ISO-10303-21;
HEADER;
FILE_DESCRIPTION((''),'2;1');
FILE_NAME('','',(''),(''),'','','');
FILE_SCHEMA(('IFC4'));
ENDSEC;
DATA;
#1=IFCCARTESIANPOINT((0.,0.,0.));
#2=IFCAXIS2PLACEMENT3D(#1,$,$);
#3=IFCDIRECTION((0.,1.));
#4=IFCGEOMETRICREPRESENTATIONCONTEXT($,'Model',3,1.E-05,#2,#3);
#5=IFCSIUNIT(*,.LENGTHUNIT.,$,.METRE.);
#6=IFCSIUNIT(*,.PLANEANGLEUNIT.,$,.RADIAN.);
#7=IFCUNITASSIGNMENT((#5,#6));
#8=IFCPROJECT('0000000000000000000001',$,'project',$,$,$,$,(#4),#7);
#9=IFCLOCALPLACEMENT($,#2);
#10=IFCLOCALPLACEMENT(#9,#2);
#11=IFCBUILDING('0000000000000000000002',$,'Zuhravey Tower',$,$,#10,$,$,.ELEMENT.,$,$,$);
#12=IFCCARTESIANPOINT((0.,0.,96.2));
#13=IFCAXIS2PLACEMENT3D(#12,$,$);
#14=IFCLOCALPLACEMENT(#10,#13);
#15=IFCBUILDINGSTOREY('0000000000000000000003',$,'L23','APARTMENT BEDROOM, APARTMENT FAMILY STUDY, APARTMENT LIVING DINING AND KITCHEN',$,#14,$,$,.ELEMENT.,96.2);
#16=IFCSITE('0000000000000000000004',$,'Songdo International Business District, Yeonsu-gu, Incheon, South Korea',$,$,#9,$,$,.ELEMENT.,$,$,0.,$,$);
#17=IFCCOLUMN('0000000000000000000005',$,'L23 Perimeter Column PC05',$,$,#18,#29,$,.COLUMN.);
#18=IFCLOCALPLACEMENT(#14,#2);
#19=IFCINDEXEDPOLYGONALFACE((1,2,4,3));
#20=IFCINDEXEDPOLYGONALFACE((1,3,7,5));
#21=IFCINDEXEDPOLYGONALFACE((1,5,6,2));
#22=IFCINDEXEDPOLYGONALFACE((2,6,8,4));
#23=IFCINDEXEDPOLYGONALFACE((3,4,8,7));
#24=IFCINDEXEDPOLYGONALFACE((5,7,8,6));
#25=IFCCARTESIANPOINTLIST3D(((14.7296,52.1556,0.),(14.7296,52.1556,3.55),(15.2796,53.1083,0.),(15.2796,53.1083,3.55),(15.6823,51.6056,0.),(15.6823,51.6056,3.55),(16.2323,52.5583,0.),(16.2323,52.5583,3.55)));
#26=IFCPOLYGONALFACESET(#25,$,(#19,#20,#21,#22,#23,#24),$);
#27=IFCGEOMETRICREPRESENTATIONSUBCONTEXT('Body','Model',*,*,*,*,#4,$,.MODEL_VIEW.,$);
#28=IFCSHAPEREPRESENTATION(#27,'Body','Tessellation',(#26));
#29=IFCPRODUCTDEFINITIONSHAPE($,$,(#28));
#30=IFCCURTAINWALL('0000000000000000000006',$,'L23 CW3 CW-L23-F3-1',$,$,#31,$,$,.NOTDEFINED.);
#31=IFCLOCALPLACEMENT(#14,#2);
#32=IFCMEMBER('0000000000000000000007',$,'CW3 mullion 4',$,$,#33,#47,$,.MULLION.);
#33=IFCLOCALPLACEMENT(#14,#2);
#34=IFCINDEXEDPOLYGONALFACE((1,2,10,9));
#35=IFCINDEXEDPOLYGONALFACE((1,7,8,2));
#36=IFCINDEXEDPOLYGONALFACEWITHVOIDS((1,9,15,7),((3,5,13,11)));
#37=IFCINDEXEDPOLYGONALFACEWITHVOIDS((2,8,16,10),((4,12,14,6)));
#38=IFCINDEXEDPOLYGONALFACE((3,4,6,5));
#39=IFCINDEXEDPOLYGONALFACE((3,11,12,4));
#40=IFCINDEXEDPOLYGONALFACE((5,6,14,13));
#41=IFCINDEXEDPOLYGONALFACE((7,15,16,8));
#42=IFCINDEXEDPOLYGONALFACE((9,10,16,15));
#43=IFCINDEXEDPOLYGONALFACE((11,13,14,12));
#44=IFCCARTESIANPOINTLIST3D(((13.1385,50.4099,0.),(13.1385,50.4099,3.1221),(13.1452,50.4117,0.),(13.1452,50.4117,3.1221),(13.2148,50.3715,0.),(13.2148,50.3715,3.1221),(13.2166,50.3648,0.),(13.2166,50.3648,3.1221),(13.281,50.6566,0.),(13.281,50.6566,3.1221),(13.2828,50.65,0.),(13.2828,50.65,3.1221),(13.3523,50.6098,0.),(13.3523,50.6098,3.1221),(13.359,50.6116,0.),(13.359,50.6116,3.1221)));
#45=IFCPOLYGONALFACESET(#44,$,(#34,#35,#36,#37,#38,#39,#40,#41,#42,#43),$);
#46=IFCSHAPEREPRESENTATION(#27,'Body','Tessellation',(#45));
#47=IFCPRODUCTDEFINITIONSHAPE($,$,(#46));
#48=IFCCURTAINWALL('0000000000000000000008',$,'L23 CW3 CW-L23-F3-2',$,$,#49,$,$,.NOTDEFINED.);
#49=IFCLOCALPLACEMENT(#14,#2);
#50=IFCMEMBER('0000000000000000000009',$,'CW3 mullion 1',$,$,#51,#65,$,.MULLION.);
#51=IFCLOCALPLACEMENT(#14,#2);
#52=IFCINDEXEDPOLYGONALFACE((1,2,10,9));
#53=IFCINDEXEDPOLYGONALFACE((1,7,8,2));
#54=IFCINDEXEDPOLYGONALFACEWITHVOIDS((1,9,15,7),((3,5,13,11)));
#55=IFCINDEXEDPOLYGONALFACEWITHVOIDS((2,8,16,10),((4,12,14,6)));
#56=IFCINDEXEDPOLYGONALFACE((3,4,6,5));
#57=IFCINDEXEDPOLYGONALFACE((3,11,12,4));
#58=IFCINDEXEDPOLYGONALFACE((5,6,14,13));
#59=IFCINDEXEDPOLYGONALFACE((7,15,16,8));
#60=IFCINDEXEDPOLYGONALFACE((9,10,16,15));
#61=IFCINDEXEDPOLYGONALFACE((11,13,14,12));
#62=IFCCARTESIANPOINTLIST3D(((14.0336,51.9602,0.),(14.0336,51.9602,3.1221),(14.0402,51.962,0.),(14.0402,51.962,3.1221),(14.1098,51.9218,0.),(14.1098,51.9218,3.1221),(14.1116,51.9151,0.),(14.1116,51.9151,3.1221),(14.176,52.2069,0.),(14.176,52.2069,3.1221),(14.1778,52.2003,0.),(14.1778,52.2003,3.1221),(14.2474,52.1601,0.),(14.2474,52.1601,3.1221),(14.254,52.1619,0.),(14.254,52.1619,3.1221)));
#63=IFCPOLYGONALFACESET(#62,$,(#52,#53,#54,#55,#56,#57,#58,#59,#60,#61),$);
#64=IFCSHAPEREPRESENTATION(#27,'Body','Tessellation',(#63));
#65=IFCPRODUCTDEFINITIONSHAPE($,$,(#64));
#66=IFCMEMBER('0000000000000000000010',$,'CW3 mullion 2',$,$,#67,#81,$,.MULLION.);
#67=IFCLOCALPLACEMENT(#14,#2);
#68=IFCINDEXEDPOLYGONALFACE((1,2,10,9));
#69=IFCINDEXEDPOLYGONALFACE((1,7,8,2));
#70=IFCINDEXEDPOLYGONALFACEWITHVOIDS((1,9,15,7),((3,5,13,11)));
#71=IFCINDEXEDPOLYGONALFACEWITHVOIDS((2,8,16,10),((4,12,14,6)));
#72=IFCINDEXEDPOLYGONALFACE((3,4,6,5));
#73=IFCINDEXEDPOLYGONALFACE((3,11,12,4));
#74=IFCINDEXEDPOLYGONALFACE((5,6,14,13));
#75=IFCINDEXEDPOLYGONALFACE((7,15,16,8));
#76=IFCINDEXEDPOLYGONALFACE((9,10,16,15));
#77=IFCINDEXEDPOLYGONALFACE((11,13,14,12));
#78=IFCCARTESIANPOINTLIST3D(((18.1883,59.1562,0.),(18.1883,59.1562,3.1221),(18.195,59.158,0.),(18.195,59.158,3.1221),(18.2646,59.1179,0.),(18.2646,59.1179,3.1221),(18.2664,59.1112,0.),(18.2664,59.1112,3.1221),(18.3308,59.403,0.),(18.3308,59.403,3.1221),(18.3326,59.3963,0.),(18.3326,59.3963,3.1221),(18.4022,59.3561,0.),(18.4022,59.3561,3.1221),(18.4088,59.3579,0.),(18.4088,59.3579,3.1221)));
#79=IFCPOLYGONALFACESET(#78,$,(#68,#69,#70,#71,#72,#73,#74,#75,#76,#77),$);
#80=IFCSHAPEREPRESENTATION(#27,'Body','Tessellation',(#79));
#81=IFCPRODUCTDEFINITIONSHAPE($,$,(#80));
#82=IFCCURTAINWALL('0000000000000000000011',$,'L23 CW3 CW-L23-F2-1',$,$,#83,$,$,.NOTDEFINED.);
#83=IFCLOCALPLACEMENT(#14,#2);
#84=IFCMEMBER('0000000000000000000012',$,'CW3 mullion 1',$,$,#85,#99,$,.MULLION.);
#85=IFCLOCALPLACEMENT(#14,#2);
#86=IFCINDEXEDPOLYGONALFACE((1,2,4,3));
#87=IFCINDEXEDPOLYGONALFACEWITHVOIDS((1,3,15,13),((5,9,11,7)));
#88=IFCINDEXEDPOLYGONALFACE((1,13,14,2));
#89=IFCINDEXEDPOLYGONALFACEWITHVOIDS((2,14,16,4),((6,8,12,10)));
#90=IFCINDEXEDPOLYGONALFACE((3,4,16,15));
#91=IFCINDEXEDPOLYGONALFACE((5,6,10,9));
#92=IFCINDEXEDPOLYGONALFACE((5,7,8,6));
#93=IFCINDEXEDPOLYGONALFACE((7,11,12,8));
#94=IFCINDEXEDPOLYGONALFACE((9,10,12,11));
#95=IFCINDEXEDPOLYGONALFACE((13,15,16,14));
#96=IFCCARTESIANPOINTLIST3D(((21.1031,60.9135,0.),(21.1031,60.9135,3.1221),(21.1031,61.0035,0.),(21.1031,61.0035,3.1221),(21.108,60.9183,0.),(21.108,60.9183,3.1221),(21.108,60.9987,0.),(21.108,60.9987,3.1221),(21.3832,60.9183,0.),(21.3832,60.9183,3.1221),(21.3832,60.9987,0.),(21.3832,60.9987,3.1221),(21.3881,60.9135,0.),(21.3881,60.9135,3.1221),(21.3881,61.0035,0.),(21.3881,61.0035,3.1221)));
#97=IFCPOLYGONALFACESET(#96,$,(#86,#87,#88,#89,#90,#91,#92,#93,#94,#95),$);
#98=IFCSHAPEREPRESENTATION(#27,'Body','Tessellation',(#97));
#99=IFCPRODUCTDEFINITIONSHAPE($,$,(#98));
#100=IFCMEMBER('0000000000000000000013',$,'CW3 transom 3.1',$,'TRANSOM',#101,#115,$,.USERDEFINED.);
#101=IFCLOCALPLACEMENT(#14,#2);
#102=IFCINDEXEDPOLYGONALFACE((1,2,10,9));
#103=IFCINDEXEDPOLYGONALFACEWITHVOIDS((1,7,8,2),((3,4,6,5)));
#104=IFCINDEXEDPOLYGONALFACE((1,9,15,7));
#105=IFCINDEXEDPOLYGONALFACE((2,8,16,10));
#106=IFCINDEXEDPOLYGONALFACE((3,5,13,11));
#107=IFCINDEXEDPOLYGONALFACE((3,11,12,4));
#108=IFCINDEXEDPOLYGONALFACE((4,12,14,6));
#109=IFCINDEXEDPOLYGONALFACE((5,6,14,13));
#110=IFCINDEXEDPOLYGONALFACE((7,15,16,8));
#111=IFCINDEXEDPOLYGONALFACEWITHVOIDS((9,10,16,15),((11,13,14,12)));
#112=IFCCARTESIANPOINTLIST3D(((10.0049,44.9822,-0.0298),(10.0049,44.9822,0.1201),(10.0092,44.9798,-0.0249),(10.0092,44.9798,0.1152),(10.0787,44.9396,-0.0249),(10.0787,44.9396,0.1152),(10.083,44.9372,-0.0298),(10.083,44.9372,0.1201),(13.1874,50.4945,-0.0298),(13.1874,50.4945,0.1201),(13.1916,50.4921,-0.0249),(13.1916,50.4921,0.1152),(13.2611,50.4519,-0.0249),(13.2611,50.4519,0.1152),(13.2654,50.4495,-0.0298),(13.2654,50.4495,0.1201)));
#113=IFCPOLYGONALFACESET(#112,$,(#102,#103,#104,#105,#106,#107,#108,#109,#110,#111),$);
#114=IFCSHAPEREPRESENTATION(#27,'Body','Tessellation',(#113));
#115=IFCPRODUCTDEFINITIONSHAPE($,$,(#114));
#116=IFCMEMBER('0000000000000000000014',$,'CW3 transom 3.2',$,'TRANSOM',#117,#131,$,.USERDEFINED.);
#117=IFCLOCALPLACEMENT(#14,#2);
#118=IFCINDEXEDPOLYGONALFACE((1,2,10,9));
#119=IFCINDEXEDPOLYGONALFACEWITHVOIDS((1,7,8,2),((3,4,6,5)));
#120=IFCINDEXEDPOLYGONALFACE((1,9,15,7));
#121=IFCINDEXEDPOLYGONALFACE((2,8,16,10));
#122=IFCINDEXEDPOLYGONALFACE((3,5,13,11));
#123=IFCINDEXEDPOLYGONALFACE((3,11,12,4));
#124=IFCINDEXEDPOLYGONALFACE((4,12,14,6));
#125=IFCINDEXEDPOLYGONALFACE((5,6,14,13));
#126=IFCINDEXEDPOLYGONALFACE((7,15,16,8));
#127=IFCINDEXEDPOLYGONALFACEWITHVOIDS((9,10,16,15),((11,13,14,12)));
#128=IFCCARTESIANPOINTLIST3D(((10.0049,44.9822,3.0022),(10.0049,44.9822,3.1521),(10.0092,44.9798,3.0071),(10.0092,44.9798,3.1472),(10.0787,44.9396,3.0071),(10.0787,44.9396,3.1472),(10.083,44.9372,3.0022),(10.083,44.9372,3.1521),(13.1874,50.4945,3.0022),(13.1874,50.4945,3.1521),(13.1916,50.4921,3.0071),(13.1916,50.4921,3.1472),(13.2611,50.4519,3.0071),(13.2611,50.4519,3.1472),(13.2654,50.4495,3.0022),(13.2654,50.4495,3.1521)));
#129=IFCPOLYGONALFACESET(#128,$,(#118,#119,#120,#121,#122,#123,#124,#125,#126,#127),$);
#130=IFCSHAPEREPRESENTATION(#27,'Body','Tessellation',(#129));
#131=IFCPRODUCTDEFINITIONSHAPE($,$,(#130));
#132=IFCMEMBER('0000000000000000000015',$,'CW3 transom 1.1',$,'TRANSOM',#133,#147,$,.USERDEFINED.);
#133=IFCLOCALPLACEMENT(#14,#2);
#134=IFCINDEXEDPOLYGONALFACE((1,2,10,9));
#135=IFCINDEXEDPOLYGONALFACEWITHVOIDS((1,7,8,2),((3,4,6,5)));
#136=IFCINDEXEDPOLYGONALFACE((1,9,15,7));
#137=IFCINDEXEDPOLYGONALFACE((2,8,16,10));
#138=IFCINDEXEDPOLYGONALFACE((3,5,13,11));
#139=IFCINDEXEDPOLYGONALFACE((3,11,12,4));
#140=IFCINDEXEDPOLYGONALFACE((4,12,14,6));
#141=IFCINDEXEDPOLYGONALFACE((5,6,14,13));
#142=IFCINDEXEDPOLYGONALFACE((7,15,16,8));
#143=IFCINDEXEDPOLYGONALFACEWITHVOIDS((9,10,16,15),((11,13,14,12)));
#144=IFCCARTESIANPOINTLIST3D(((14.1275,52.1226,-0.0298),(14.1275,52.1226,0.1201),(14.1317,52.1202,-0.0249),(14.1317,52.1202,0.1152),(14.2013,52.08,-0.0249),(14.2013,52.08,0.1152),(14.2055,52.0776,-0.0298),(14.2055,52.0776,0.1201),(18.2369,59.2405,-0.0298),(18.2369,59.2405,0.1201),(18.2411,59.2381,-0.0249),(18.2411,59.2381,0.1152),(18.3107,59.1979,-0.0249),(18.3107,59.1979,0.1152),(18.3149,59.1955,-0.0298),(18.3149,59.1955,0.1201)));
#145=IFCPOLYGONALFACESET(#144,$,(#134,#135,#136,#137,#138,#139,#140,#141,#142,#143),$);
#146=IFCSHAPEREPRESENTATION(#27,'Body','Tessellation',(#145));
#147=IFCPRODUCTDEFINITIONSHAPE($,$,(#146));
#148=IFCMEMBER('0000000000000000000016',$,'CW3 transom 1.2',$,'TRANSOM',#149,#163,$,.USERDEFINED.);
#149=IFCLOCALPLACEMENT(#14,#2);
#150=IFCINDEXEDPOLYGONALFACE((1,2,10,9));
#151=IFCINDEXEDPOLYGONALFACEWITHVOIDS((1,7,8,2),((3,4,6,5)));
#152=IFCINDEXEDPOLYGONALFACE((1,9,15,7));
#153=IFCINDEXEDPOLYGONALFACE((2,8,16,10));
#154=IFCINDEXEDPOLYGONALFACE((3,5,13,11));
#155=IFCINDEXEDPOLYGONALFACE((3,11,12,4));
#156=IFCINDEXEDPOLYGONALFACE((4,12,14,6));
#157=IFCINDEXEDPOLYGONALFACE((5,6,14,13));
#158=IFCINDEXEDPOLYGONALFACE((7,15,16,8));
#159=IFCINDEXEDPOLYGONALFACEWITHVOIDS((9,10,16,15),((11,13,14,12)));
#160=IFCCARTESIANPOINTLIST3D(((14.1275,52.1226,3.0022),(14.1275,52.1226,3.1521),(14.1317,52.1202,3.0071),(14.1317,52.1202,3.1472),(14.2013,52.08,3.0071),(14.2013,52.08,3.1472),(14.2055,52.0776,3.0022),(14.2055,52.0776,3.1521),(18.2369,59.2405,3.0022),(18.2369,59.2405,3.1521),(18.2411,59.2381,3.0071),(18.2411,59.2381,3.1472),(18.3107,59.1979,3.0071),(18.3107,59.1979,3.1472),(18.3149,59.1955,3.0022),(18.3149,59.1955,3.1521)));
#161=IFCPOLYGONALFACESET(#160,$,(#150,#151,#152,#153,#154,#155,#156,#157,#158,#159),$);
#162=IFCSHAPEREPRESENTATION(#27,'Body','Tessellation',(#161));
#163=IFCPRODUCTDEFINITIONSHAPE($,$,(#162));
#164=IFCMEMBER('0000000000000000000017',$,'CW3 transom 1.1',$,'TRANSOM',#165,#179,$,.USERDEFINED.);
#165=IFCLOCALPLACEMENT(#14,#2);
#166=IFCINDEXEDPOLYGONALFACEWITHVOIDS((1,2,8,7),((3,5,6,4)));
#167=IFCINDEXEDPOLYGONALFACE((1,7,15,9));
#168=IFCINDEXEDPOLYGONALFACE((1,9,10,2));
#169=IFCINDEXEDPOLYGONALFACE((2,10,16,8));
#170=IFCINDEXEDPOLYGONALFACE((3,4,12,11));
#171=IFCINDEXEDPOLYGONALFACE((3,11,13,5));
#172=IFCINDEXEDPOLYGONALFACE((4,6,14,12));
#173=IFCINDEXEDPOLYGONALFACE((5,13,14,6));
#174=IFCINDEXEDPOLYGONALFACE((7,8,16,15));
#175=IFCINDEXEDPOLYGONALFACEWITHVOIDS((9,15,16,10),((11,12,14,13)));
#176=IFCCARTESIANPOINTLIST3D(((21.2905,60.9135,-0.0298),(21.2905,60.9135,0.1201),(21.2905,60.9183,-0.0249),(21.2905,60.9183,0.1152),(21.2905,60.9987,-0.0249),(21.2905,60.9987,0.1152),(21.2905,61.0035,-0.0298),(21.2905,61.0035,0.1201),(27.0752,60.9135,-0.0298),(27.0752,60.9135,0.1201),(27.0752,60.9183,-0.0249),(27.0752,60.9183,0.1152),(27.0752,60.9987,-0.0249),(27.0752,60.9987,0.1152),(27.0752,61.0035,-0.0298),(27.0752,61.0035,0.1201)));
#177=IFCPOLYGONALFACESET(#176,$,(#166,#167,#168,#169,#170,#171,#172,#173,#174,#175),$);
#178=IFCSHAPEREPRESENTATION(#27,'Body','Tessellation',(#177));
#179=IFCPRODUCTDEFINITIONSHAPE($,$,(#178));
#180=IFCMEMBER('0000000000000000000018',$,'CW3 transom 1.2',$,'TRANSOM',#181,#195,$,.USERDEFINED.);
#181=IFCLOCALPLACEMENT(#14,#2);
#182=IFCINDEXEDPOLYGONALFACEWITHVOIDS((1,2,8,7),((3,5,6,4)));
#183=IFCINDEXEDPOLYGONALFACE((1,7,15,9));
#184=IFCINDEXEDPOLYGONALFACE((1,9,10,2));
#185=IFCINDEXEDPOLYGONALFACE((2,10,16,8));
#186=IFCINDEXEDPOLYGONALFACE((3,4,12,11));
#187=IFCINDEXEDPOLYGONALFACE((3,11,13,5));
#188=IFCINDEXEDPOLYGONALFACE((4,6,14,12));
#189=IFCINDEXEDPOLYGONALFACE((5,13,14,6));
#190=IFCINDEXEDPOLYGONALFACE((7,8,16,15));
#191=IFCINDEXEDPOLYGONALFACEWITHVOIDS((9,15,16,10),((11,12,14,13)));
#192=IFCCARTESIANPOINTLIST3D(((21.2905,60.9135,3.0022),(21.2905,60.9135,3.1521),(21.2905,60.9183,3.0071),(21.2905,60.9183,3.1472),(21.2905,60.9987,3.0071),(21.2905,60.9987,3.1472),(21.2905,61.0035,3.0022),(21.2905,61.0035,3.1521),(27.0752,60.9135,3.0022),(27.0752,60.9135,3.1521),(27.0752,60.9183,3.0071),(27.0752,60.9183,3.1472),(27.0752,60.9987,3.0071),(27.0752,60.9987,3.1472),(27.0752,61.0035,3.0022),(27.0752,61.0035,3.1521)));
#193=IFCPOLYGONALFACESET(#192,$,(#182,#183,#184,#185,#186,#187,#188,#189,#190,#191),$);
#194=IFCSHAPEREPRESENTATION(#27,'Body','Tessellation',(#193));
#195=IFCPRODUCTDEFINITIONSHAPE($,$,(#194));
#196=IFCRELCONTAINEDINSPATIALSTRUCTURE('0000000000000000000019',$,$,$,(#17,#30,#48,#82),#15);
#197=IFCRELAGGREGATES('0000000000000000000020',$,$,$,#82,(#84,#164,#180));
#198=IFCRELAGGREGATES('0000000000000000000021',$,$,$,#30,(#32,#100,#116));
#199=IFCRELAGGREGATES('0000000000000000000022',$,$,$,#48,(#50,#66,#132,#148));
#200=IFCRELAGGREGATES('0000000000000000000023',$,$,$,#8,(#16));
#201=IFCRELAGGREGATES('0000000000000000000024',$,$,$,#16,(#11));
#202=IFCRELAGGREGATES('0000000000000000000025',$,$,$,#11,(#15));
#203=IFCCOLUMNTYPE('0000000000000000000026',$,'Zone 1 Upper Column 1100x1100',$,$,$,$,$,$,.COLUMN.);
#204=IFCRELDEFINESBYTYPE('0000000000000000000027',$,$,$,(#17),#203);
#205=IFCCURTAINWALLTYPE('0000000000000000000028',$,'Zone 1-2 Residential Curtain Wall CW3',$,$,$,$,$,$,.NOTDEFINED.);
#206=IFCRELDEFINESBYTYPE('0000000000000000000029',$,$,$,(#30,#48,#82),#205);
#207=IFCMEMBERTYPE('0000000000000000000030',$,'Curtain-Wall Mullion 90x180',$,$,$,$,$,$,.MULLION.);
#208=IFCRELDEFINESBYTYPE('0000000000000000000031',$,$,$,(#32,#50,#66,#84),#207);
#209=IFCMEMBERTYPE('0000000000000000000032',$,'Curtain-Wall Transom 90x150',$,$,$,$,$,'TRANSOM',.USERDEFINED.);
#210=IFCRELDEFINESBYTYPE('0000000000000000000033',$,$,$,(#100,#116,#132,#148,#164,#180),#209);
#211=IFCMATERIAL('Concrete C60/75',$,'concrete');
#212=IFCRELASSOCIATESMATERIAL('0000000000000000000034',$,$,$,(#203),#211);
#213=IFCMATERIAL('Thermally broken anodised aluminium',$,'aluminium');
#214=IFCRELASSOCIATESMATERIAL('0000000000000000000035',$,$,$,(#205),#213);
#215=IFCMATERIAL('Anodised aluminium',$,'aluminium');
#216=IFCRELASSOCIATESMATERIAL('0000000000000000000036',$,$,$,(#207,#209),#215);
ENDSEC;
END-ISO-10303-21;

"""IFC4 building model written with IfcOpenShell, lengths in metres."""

from ifc_helpers import new_model, si_unit, direction, frame, origin, origin_2d, place, context, subcontext, project, spatial, rectangle, hollow_rectangle, extrude, material, material_profile, profile_set, type_object, element, aggregate, save


model = new_model("IFC4")

# Units and contexts
model_context = context("Model", 3, precision=1e-05, world=origin(), true_north=direction((0.0, 1.0)))
body_context = subcontext(model_context, "Body", "Model", "MODEL_VIEW")
ifc_project = project(units=[si_unit("LENGTHUNIT", "METRE"), si_unit("PLANEANGLEUNIT", "RADIAN")], contexts=[model_context])

# Site, building, storey
site_placement = place(None, origin())
site = spatial("IfcSite", under=ifc_project, at=site_placement, Name="Songdo International Business District, Yeonsu-gu, Incheon, South Korea", CompositionType="ELEMENT", RefElevation=0.0)
building_placement = place(site_placement, origin())
building = spatial("IfcBuilding", under=site, at=building_placement, Name="Zuhravey Tower", CompositionType="ELEMENT")
storey_placement = place(building_placement, frame((0.0, 0.0, 96.2)))
storey = spatial("IfcBuildingStorey", under=building, at=storey_placement, Name="L23", Description="APARTMENT BEDROOM, APARTMENT FAMILY STUDY, APARTMENT LIVING DINING AND KITCHEN", CompositionType="ELEMENT", Elevation=96.2)

# Column
ifc_material_1 = material(Name="Concrete C60/75", Category="concrete")
ifc_material_profile_1 = material_profile(ifc_material_1, rectangle(XDim=1.1001, YDim=1.1001, at=origin_2d()), Name="RC-1100x1100")
ifc_profile_set_1 = profile_set([ifc_material_profile_1], Name="Concrete C60/75")
column_type = type_object("IfcColumnType", Name="Zone 1 Upper Column 1100x1100", PredefinedType="COLUMN", material=ifc_profile_set_1)
column_placement = place(storey_placement, frame((15.481, 52.3569, 0.0), z_axis=(0.0, 0.0, 1.0), x_axis=(-0.5, -0.866025, 0.0)))
element("IfcColumn", 1, at=column_placement, inside=storey, type_object=column_type, Name="L23 Perimeter Column PC05", PredefinedType="COLUMN", context=body_context, shape_type="SweptSolid", body=[
    extrude(rectangle(XDim=1.1001, YDim=1.1001, at=origin_2d()), origin(), (0.0, 0.0, 1.0), 3.55),
])

# Curtain wall, member
ifc_material_2 = material(Name="Thermally broken anodised aluminium", Category="aluminium")
curtain_wall_type = type_object("IfcCurtainWallType", Name="Zone 1-2 Residential Curtain Wall CW3", PredefinedType="NOTDEFINED", material=ifc_material_2)
curtain_wall_1_placement = place(storey_placement, origin())
curtain_wall_1 = element("IfcCurtainWall", 2, at=curtain_wall_1_placement, inside=storey, type_object=curtain_wall_type, Name="L23 CW3 CW-L23-F3-1", PredefinedType="NOTDEFINED")
ifc_material_3 = material(Name="Anodised aluminium", Category="aluminium")
ifc_material_profile_2 = material_profile(ifc_material_3, hollow_rectangle(XDim=0.0901, YDim=0.2849, WallThickness=0.0049, at=origin_2d()), Name="ALU-RHS-90x285x5")
ifc_profile_set_2 = profile_set([ifc_material_profile_2], Name="Anodised aluminium")
member_type_1 = type_object("IfcMemberType", Name="Curtain-Wall Mullion 90x180", PredefinedType="MULLION", material=ifc_profile_set_2)
member_1_placement = place(storey_placement, frame((13.2488, 50.5107, 0.0), z_axis=(0.0, 0.0, 1.0), x_axis=(-0.866025, 0.5, 0.0)))
member_1 = element("IfcMember", 3, at=member_1_placement, type_object=member_type_1, Name="CW3 mullion 4", PredefinedType="MULLION", context=body_context, shape_type="SweptSolid", body=[
    extrude(hollow_rectangle(XDim=0.0901, YDim=0.2849, WallThickness=0.0049, at=origin_2d()), origin(), (0.0, 0.0, 1.0), 3.1221),
])

# Curtain wall, members
curtain_wall_2_placement = place(storey_placement, origin())
curtain_wall_2 = element("IfcCurtainWall", 4, at=curtain_wall_2_placement, inside=storey, type_object=curtain_wall_type, Name="L23 CW3 CW-L23-F3-2", PredefinedType="NOTDEFINED")
member_2_placement = place(storey_placement, frame((14.1438, 52.061, 0.0), z_axis=(0.0, 0.0, 1.0), x_axis=(-0.866025, 0.500001, 0.0)))
member_2 = element("IfcMember", 5, at=member_2_placement, type_object=member_type_1, Name="CW3 mullion 1", PredefinedType="MULLION", context=body_context, shape_type="SweptSolid", body=[
    extrude(hollow_rectangle(XDim=0.0901, YDim=0.2849, WallThickness=0.0049, at=origin_2d()), origin(), (0.0, 0.0, 1.0), 3.1221),
])
member_3_placement = place(storey_placement, frame((18.2986, 59.2571, 0.0), z_axis=(0.0, 0.0, 1.0), x_axis=(-0.866025, 0.500001, 0.0)))
member_3 = element("IfcMember", 6, at=member_3_placement, type_object=member_type_1, Name="CW3 mullion 2", PredefinedType="MULLION", context=body_context, shape_type="SweptSolid", body=[
    extrude(hollow_rectangle(XDim=0.0901, YDim=0.2849, WallThickness=0.0049, at=origin_2d()), origin(), (0.0, 0.0, 1.0), 3.1221),
])

# Curtain wall, member
curtain_wall_3_placement = place(storey_placement, origin())
curtain_wall_3 = element("IfcCurtainWall", 7, at=curtain_wall_3_placement, inside=storey, type_object=curtain_wall_type, Name="L23 CW3 CW-L23-F2-1", PredefinedType="NOTDEFINED")
member_4_placement = place(storey_placement, frame((21.2456, 60.9585, 0.0), z_axis=(0.0, 0.0, 1.0), x_axis=(0.0, 1.0, 0.0)))
member_4 = element("IfcMember", 8, at=member_4_placement, type_object=member_type_1, Name="CW3 mullion 1", PredefinedType="MULLION", context=body_context, shape_type="SweptSolid", body=[
    extrude(hollow_rectangle(XDim=0.0901, YDim=0.2849, WallThickness=0.0049, at=origin_2d()), origin(), (0.0, 0.0, 1.0), 3.1221),
])

# Members
ifc_material_profile_3 = material_profile(ifc_material_3, hollow_rectangle(XDim=0.0901, YDim=0.1499, WallThickness=0.0049, at=origin_2d()), Name="ALU-RHS-90x150x5")
ifc_profile_set_3 = profile_set([ifc_material_profile_3], Name="Anodised aluminium")
member_type_2 = type_object("IfcMemberType", Name="Curtain-Wall Transom 90x150", ElementType="TRANSOM", PredefinedType="USERDEFINED", material=ifc_profile_set_3)
member_5_placement = place(storey_placement, frame((10.0439, 44.9597, 0.0452), z_axis=(0.499988, 0.866032, 0.0), x_axis=(-0.866032, 0.499988, 0.0)))
member_5 = element("IfcMember", 9, at=member_5_placement, type_object=member_type_2, Name="CW3 transom 3.1", ObjectType="TRANSOM", PredefinedType="USERDEFINED", context=body_context, shape_type="SweptSolid", body=[
    extrude(hollow_rectangle(XDim=0.0901, YDim=0.1499, WallThickness=0.0049, at=origin_2d()), origin(), (0.0, 0.0, 1.0), 6.365),
])
member_6_placement = place(storey_placement, frame((10.0439, 44.9597, 3.0771), z_axis=(0.499988, 0.866032, 0.0), x_axis=(-0.866032, 0.499988, 0.0)))
member_6 = element("IfcMember", 10, at=member_6_placement, type_object=member_type_2, Name="CW3 transom 3.2", ObjectType="TRANSOM", PredefinedType="USERDEFINED", context=body_context, shape_type="SweptSolid", body=[
    extrude(hollow_rectangle(XDim=0.0901, YDim=0.1499, WallThickness=0.0049, at=origin_2d()), origin(), (0.0, 0.0, 1.0), 6.365),
])
member_7_placement = place(storey_placement, frame((14.1665, 52.1001, 0.0452), z_axis=(0.499986, 0.866034, 0.0), x_axis=(-0.866034, 0.499986, 0.0)))
member_7 = element("IfcMember", 11, at=member_7_placement, type_object=member_type_2, Name="CW3 transom 1.1", ObjectType="TRANSOM", PredefinedType="USERDEFINED", context=body_context, shape_type="SweptSolid", body=[
    extrude(hollow_rectangle(XDim=0.0901, YDim=0.1499, WallThickness=0.0049, at=origin_2d()), origin(), (0.0, 0.0, 1.0), 8.219),
])
member_8_placement = place(storey_placement, frame((14.1665, 52.1001, 3.0771), z_axis=(0.499986, 0.866034, 0.0), x_axis=(-0.866034, 0.499986, 0.0)))
member_8 = element("IfcMember", 12, at=member_8_placement, type_object=member_type_2, Name="CW3 transom 1.2", ObjectType="TRANSOM", PredefinedType="USERDEFINED", context=body_context, shape_type="SweptSolid", body=[
    extrude(hollow_rectangle(XDim=0.0901, YDim=0.1499, WallThickness=0.0049, at=origin_2d()), origin(), (0.0, 0.0, 1.0), 8.219),
])
member_9_placement = place(storey_placement, frame((21.2905, 60.9585, 0.0452), z_axis=(1.0, 0.0, 0.0), x_axis=(0.0, 1.0, 0.0)))
member_9 = element("IfcMember", 13, at=member_9_placement, type_object=member_type_2, Name="CW3 transom 1.1", ObjectType="TRANSOM", PredefinedType="USERDEFINED", context=body_context, shape_type="SweptSolid", body=[
    extrude(hollow_rectangle(XDim=0.0901, YDim=0.1499, WallThickness=0.0049, at=origin_2d()), origin(), (0.0, 0.0, 1.0), 5.7847),
])
member_10_placement = place(storey_placement, frame((21.2905, 60.9585, 3.0771), z_axis=(1.0, 0.0, 0.0), x_axis=(0.0, 1.0, 0.0)))
member_10 = element("IfcMember", 14, at=member_10_placement, type_object=member_type_2, Name="CW3 transom 1.2", ObjectType="TRANSOM", PredefinedType="USERDEFINED", context=body_context, shape_type="SweptSolid", body=[
    extrude(hollow_rectangle(XDim=0.0901, YDim=0.1499, WallThickness=0.0049, at=origin_2d()), origin(), (0.0, 0.0, 1.0), 5.7847),
])
aggregate(curtain_wall_3, [member_4, member_9, member_10])

aggregate(curtain_wall_1, [member_1, member_5, member_6])
aggregate(curtain_wall_2, [member_2, member_3, member_7, member_8])

save(model, "model.ifc")
